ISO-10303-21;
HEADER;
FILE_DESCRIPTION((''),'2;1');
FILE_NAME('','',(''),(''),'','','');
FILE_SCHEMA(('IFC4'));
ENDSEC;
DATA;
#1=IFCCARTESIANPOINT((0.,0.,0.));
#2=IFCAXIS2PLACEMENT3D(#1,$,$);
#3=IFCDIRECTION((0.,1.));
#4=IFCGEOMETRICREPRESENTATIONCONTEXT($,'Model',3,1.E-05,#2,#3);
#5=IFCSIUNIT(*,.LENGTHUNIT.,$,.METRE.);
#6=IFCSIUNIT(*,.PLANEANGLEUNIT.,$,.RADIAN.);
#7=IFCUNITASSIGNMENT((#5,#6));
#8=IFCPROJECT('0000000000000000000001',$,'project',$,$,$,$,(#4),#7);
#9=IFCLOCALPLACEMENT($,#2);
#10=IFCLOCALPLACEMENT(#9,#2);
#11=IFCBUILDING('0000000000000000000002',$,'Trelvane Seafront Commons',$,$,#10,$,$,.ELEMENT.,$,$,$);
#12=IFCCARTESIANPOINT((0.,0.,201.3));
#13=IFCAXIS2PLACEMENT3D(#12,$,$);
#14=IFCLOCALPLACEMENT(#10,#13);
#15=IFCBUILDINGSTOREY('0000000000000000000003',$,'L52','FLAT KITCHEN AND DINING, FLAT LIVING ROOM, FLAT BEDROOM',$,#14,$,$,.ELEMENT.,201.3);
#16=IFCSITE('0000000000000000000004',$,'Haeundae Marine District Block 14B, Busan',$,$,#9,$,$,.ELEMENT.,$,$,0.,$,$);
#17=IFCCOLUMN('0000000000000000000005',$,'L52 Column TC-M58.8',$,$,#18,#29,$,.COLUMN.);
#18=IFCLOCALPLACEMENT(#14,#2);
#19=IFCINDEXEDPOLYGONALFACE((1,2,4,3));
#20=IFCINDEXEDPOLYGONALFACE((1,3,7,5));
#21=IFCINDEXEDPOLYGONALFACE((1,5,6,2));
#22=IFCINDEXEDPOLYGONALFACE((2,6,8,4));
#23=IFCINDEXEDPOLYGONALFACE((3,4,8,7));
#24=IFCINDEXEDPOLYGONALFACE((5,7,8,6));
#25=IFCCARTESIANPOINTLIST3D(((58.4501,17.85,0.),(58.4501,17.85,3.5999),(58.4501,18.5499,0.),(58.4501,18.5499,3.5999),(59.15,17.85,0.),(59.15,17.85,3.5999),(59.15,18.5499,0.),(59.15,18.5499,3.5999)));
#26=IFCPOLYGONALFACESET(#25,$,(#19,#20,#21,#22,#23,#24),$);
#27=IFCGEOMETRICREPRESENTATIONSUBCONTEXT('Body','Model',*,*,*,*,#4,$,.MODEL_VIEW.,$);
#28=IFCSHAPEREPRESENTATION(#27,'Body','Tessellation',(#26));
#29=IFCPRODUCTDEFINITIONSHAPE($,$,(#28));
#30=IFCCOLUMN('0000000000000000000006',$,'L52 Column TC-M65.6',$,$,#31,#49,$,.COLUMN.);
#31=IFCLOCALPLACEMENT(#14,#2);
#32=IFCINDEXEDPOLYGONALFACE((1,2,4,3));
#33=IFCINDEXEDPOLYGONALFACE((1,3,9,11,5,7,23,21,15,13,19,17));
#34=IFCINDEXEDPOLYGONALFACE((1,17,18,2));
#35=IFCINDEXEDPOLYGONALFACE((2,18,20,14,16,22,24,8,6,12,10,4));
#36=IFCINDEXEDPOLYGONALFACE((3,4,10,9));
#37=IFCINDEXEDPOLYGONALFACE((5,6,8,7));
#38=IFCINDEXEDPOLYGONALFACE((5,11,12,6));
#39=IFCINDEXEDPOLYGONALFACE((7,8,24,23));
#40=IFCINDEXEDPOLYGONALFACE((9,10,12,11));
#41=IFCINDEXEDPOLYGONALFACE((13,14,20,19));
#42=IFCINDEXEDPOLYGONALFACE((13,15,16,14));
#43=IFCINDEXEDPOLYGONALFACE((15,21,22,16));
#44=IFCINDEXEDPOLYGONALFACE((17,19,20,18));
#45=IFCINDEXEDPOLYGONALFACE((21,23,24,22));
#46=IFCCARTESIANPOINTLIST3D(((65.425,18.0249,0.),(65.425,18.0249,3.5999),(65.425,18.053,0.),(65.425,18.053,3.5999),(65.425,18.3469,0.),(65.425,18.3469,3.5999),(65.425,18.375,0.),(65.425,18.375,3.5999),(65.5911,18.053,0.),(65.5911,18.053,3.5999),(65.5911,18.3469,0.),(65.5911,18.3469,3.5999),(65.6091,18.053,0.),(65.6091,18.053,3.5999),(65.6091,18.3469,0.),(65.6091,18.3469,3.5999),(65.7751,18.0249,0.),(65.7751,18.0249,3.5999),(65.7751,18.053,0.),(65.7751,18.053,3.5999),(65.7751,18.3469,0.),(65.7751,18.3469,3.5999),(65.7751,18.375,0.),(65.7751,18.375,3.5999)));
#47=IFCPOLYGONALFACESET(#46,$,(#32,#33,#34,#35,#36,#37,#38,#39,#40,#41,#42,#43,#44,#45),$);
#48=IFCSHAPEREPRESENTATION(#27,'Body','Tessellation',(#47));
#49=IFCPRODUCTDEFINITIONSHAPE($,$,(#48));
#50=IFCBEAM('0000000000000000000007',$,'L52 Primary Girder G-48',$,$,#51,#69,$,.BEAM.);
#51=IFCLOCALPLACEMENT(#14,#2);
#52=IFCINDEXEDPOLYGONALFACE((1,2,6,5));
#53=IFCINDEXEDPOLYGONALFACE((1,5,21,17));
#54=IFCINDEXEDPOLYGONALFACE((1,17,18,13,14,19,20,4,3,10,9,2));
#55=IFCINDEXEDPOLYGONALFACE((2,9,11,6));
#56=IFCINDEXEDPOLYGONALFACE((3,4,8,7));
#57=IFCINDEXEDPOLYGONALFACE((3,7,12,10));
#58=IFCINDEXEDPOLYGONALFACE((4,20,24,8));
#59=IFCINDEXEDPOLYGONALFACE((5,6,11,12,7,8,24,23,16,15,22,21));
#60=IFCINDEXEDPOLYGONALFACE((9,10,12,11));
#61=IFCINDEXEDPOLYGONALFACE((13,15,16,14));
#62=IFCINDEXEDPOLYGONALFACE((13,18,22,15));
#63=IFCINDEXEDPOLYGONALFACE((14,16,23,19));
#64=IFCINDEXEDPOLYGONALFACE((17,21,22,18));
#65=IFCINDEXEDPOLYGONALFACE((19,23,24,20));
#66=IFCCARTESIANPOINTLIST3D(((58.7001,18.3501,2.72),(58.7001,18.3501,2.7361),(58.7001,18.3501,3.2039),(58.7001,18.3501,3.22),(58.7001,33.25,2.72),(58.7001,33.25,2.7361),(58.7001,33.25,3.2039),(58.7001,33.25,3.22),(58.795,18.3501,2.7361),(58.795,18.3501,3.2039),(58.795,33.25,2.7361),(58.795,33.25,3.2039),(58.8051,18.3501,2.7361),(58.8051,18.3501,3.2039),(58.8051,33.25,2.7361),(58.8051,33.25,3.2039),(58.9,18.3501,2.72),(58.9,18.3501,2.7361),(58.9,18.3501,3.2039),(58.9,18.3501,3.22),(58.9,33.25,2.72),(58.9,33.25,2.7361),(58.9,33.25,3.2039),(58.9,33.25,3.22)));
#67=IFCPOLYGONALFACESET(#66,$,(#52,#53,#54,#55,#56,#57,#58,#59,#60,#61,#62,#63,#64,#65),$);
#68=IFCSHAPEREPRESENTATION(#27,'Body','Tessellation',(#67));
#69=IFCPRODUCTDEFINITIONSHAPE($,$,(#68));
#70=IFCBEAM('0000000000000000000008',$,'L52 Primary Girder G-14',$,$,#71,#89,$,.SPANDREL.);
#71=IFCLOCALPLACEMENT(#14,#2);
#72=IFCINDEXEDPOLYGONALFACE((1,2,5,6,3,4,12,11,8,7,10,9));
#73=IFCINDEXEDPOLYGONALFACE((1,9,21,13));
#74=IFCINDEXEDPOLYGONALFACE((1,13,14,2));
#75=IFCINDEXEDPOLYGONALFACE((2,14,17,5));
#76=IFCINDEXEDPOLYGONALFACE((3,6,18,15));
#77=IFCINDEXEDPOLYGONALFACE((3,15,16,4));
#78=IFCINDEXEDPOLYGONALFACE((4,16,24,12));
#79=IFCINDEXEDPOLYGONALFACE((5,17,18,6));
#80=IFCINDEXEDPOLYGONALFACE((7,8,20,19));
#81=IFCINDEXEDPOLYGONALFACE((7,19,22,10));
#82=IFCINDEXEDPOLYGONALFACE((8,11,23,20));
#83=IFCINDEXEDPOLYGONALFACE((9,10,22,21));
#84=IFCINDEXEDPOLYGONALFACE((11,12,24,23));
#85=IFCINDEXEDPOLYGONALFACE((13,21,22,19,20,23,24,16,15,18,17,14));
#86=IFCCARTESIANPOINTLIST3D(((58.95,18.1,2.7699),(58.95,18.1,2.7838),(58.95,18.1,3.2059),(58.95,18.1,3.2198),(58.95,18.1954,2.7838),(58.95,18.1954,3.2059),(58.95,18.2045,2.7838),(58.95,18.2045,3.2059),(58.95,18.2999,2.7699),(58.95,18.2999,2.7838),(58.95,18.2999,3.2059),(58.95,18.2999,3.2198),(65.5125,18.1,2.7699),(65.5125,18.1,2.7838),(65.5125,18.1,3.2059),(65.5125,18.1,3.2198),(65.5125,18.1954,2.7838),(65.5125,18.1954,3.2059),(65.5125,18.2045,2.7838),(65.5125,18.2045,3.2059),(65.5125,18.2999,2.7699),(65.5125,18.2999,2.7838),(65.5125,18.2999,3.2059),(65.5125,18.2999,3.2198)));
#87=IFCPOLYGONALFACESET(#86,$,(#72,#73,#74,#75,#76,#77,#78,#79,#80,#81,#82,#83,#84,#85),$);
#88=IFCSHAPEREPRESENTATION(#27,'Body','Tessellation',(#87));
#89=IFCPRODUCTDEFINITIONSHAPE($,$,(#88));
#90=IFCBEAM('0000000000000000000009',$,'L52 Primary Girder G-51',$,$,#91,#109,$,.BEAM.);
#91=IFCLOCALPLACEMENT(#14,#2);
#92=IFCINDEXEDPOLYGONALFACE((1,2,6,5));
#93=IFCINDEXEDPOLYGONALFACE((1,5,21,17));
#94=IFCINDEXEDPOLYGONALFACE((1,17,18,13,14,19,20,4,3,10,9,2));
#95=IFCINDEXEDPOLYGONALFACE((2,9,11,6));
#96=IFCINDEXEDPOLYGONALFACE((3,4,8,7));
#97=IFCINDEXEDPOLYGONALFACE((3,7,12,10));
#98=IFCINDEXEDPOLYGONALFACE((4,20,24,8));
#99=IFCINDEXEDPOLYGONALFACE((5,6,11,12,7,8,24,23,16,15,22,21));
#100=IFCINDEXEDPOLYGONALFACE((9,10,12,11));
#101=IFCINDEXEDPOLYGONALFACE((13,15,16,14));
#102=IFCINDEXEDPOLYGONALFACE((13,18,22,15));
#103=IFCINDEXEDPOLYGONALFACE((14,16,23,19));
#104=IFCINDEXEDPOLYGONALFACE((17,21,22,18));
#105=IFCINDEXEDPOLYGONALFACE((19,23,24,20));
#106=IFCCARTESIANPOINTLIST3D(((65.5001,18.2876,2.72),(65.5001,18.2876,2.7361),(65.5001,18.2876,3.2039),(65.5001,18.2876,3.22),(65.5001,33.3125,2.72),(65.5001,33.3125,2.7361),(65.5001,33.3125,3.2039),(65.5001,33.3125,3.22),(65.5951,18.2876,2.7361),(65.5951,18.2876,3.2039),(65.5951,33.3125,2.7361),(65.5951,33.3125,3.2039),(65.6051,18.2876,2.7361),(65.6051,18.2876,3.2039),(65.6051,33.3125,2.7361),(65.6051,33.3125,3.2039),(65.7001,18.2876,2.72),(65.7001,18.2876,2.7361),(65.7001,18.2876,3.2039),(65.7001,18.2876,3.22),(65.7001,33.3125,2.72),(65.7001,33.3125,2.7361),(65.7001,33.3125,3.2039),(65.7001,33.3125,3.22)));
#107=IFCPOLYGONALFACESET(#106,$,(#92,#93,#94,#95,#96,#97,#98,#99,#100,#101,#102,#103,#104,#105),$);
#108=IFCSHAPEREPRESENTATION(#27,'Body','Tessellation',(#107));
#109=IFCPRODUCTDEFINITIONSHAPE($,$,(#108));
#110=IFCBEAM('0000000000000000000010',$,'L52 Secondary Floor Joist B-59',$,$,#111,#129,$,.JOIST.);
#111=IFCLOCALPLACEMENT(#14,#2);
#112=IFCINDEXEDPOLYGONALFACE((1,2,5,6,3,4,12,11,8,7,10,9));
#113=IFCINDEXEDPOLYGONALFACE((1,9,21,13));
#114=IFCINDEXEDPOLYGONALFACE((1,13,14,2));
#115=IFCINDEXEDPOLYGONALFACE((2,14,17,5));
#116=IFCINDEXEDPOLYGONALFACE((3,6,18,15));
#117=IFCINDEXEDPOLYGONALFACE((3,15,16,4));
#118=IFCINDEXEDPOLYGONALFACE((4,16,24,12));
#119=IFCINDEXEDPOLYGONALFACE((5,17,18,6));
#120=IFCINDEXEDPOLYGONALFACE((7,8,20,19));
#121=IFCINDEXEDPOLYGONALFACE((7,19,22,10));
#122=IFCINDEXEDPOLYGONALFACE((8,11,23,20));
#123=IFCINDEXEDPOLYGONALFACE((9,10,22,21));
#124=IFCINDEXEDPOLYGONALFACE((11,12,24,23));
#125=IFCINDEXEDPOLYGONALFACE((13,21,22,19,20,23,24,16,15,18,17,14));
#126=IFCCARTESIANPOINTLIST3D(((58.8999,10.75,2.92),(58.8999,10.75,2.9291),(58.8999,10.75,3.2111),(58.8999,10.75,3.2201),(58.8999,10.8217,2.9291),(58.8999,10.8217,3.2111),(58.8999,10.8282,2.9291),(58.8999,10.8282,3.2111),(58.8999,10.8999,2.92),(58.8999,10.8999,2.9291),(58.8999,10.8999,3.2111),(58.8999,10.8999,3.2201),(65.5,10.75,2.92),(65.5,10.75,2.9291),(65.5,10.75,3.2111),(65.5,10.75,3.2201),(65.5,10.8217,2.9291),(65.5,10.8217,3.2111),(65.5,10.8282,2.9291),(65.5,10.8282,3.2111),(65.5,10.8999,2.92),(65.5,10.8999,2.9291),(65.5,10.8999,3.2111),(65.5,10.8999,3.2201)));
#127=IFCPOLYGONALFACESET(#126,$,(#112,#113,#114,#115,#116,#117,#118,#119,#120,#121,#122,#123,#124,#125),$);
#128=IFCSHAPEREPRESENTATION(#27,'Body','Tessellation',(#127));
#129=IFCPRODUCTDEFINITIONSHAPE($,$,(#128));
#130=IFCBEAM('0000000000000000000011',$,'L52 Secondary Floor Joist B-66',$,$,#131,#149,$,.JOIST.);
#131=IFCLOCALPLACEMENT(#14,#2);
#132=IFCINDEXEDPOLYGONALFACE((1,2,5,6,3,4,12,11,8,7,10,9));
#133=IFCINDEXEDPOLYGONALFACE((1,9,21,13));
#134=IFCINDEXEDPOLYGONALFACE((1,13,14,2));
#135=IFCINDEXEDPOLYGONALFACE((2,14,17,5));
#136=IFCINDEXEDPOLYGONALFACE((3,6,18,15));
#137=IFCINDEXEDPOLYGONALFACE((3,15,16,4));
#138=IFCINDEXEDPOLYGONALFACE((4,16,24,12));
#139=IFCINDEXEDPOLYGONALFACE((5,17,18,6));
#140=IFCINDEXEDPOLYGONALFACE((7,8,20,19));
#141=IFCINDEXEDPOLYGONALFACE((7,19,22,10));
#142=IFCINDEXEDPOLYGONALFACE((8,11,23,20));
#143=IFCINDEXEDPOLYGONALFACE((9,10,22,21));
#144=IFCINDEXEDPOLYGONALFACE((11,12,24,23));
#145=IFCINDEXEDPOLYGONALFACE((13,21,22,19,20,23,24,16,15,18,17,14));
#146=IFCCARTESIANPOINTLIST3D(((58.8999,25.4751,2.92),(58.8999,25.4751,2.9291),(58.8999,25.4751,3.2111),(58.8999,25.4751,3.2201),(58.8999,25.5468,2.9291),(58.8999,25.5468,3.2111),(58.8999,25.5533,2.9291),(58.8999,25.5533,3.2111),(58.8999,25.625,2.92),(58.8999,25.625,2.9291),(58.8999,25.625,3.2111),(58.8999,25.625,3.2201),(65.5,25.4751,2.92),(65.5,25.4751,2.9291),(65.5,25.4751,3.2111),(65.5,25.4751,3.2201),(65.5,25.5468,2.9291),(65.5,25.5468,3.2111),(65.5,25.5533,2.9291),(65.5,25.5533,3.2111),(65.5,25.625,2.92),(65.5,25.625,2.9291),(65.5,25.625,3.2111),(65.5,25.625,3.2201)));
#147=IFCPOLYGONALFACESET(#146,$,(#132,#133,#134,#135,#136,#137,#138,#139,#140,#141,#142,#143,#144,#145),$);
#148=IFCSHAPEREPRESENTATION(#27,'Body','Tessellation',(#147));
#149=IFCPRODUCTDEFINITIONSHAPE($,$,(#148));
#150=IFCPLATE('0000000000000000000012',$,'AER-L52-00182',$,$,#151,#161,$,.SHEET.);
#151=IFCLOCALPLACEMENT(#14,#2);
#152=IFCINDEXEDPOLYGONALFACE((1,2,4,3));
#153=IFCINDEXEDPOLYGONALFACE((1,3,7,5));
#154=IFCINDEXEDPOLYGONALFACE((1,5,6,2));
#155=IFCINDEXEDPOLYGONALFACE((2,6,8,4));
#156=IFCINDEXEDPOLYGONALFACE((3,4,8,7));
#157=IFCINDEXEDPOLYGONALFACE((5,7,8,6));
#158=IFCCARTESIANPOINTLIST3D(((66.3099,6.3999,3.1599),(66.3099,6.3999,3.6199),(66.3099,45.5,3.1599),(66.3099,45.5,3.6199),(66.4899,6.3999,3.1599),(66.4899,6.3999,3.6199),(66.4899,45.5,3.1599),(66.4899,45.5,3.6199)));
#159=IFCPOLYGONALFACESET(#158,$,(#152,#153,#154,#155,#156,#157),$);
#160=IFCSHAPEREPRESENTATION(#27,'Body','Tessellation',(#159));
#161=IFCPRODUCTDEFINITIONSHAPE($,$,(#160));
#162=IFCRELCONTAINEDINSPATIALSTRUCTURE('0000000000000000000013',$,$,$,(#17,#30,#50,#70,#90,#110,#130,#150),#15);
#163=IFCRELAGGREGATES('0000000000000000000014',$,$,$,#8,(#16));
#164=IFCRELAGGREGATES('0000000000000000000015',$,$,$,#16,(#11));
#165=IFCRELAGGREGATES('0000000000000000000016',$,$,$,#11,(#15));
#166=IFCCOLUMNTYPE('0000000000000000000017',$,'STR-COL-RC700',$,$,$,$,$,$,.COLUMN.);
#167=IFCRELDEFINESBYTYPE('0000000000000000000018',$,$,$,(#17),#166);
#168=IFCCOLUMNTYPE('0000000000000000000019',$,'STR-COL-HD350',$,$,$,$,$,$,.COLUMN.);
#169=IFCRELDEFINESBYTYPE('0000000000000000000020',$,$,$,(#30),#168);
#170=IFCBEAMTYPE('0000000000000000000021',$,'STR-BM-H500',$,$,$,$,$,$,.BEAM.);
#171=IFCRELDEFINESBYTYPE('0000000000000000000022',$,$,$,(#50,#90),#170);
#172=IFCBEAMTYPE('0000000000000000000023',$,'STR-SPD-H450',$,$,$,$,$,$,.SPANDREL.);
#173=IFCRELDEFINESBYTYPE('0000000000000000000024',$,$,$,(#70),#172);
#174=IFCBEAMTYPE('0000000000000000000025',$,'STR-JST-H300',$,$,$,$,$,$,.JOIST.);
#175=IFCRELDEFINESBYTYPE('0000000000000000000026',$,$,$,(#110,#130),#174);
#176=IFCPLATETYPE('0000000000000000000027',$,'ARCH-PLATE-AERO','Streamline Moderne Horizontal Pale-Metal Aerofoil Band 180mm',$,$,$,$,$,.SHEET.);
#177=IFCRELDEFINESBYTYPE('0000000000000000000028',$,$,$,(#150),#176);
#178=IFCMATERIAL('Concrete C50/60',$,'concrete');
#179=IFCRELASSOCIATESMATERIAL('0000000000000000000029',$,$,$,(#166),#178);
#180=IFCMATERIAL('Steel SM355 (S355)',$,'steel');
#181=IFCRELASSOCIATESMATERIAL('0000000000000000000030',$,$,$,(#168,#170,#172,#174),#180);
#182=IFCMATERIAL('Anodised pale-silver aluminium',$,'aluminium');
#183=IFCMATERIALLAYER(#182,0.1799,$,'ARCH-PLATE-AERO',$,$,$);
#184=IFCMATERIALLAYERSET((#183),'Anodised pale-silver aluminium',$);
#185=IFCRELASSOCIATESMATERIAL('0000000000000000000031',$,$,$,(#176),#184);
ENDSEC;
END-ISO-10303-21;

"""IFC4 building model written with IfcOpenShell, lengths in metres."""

from ifc_helpers import new_model, si_unit, direction, frame, origin, origin_2d, place, context, subcontext, project, spatial, rectangle, i_section, extrude, source, transform, mapped, material, layer, layer_set, material_profile, profile_set, type_object, element, save


model = new_model("IFC4")

# Units and contexts
model_context = context("Model", 3, precision=1e-05, world=origin(), true_north=direction((0.0, 1.0)))
body_context = subcontext(model_context, "Body", "Model", "MODEL_VIEW")
ifc_project = project(units=[si_unit("LENGTHUNIT", "METRE"), si_unit("PLANEANGLEUNIT", "RADIAN")], contexts=[model_context])

# Site, building, storey
site_placement = place(None, origin())
site = spatial("IfcSite", under=ifc_project, at=site_placement, Name="Haeundae Marine District Block 14B, Busan", CompositionType="ELEMENT", RefElevation=0.0)
building_placement = place(site_placement, origin())
building = spatial("IfcBuilding", under=site, at=building_placement, Name="Trelvane Seafront Commons", CompositionType="ELEMENT")
storey_placement = place(building_placement, frame((0.0, 0.0, 201.3)))
storey = spatial("IfcBuildingStorey", under=building, at=storey_placement, Name="L52", Description="FLAT KITCHEN AND DINING, FLAT LIVING ROOM, FLAT BEDROOM", CompositionType="ELEMENT", Elevation=201.3)

# Columns
ifc_material_1 = material(Name="Concrete C50/60", Category="concrete")
ifc_material_profile_1 = material_profile(ifc_material_1, rectangle(XDim=0.7, YDim=0.7, at=origin_2d()), Name="RC-700x700")
ifc_profile_set_1 = profile_set([ifc_material_profile_1], Name="Concrete C50/60")
column_type_1 = type_object("IfcColumnType", Name="STR-COL-RC700", PredefinedType="COLUMN", material=ifc_profile_set_1)
shared_shape_1 = source(origin(), body_context, "Body", "SweptSolid", [
    extrude(rectangle(XDim=0.7, YDim=0.7, at=origin_2d()), origin(), (0.0, 0.0, 1.0), 3.5999),
])
column_1_placement = place(storey_placement, frame((58.8, 18.2, 0.0), z_axis=(0.0, 0.0, 1.0), x_axis=(1.0, 0.0, 0.0)))
element("IfcColumn", 1, at=column_1_placement, inside=storey, type_object=column_type_1, Name="L52 Column TC-M58.8", PredefinedType="COLUMN", context=body_context, shape_type="MappedRepresentation", body=[
    mapped(shared_shape_1, transform((0.0, 0.0, 0.0), x_axis=(1.0, 0.0, 0.0), y_axis=(0.0, 1.0, 0.0), z_axis=(0.0, 0.0, 1.0), scale=1.0)),
])
ifc_material_2 = material(Name="Steel SM355 (S355)", Category="steel")
ifc_material_profile_2 = material_profile(ifc_material_2, i_section(OverallWidth=0.3501, OverallDepth=0.3501, WebThickness=0.0181, FlangeThickness=0.0281, at=origin_2d()), Name="HD-350x350x18x28")
ifc_profile_set_2 = profile_set([ifc_material_profile_2], Name="Steel SM355 (S355)")
column_type_2 = type_object("IfcColumnType", Name="STR-COL-HD350", PredefinedType="COLUMN", material=ifc_profile_set_2)
shared_shape_2 = source(origin(), body_context, "Body", "SweptSolid", [
    extrude(i_section(OverallWidth=0.3501, OverallDepth=0.3501, WebThickness=0.0181, FlangeThickness=0.0281, at=origin_2d()), origin(), (0.0, 0.0, 1.0), 3.5999),
])
column_2_placement = place(storey_placement, frame((65.6001, 18.2, 0.0), z_axis=(0.0, 0.0, 1.0), x_axis=(1.0, 0.0, 0.0)))
element("IfcColumn", 2, at=column_2_placement, inside=storey, type_object=column_type_2, Name="L52 Column TC-M65.6", PredefinedType="COLUMN", context=body_context, shape_type="MappedRepresentation", body=[
    mapped(shared_shape_2, transform((0.0, 0.0, 0.0), x_axis=(1.0, 0.0, 0.0), y_axis=(0.0, 1.0, 0.0), z_axis=(0.0, 0.0, 1.0), scale=1.0)),
])

# Beams
ifc_material_profile_3 = material_profile(ifc_material_2, i_section(OverallWidth=0.2, OverallDepth=0.5, WebThickness=0.01, FlangeThickness=0.0161, at=origin_2d()), Name="H-500x200x10x16")
ifc_profile_set_3 = profile_set([ifc_material_profile_3], Name="Steel SM355 (S355)")
beam_type_1 = type_object("IfcBeamType", Name="STR-BM-H500", PredefinedType="BEAM", material=ifc_profile_set_3)
shared_shape_3 = source(origin(), body_context, "Body", "SweptSolid", [
    extrude(i_section(OverallWidth=0.2, OverallDepth=0.5, WebThickness=0.01, FlangeThickness=0.0161, at=origin_2d()), origin(), (0.0, 0.0, 1.0), 14.8999),
])
beam_1_placement = place(storey_placement, frame((58.8, 18.3501, 2.97), z_axis=(0.0, 1.0, 0.0), x_axis=(-1.0, 0.0, 0.0)))
element("IfcBeam", 3, at=beam_1_placement, inside=storey, type_object=beam_type_1, Name="L52 Primary Girder G-48", PredefinedType="BEAM", context=body_context, shape_type="MappedRepresentation", body=[
    mapped(shared_shape_3, transform((0.0, 0.0, 0.0), x_axis=(1.0, 0.0, 0.0), y_axis=(0.0, 1.0, 0.0), z_axis=(0.0, 0.0, 1.0), scale=1.0)),
])
ifc_material_profile_4 = material_profile(ifc_material_2, i_section(OverallWidth=0.2, OverallDepth=0.45, WebThickness=0.009, FlangeThickness=0.0139, at=origin_2d()), Name="H-450x200x9x14")
ifc_profile_set_4 = profile_set([ifc_material_profile_4], Name="Steel SM355 (S355)")
beam_type_2 = type_object("IfcBeamType", Name="STR-SPD-H450", PredefinedType="SPANDREL", material=ifc_profile_set_4)
shared_shape_4 = source(origin(), body_context, "Body", "SweptSolid", [
    extrude(i_section(OverallWidth=0.2, OverallDepth=0.45, WebThickness=0.009, FlangeThickness=0.0139, at=origin_2d()), origin(), (0.0, 0.0, 1.0), 6.5625),
])
beam_2_placement = place(storey_placement, frame((58.95, 18.2, 2.9949), z_axis=(1.0, 0.0, 0.0), x_axis=(0.0, 1.0, 0.0)))
element("IfcBeam", 4, at=beam_2_placement, inside=storey, type_object=beam_type_2, Name="L52 Primary Girder G-14", PredefinedType="SPANDREL", context=body_context, shape_type="MappedRepresentation", body=[
    mapped(shared_shape_4, transform((0.0, 0.0, 0.0), x_axis=(1.0, 0.0, 0.0), y_axis=(0.0, 1.0, 0.0), z_axis=(0.0, 0.0, 1.0), scale=1.0)),
])
shared_shape_5 = source(origin(), body_context, "Body", "SweptSolid", [
    extrude(i_section(OverallWidth=0.2, OverallDepth=0.5, WebThickness=0.01, FlangeThickness=0.0161, at=origin_2d()), origin(), (0.0, 0.0, 1.0), 15.0249),
])
beam_3_placement = place(storey_placement, frame((65.6001, 18.2876, 2.97), z_axis=(0.0, 1.0, 0.0), x_axis=(-1.0, 0.0, 0.0)))
element("IfcBeam", 5, at=beam_3_placement, inside=storey, type_object=beam_type_1, Name="L52 Primary Girder G-51", PredefinedType="BEAM", context=body_context, shape_type="MappedRepresentation", body=[
    mapped(shared_shape_5, transform((0.0, 0.0, 0.0), x_axis=(1.0, 0.0, 0.0), y_axis=(0.0, 1.0, 0.0), z_axis=(0.0, 0.0, 1.0), scale=1.0)),
])
ifc_material_profile_5 = material_profile(ifc_material_2, i_section(OverallWidth=0.1499, OverallDepth=0.3, WebThickness=0.0066, FlangeThickness=0.009, at=origin_2d()), Name="H-300x150x6.5x9")
ifc_profile_set_5 = profile_set([ifc_material_profile_5], Name="Steel SM355 (S355)")
beam_type_3 = type_object("IfcBeamType", Name="STR-JST-H300", PredefinedType="JOIST", material=ifc_profile_set_5)
shared_shape_6 = source(origin(), body_context, "Body", "SweptSolid", [
    extrude(i_section(OverallWidth=0.1499, OverallDepth=0.3, WebThickness=0.0066, FlangeThickness=0.009, at=origin_2d()), origin(), (0.0, 0.0, 1.0), 6.6001),
])
for number, where, z_axis, x_axis, name in (
    (6, (58.8999, 10.825, 3.0701), (1.0, 0.0, 0.0), (0.0, 1.0, 0.0), "L52 Secondary Floor Joist B-59"),
    (7, (58.8999, 25.55, 3.0701), (1.0, 0.0, 0.0), (0.0, 1.0, 0.0), "L52 Secondary Floor Joist B-66"),
):
    element("IfcBeam", number, at=place(storey_placement, frame(where, z_axis=z_axis, x_axis=x_axis)), inside=storey, type_object=beam_type_3, Name=name, PredefinedType="JOIST", context=body_context, shape_type="MappedRepresentation", body=[
        mapped(shared_shape_6, transform((0.0, 0.0, 0.0), x_axis=(1.0, 0.0, 0.0), y_axis=(0.0, 1.0, 0.0), z_axis=(0.0, 0.0, 1.0), scale=1.0)),
    ])

# Plate
ifc_material_3 = material(Name="Anodised pale-silver aluminium", Category="aluminium")
ifc_layer_1 = layer(ifc_material_3, 0.1799, Name="ARCH-PLATE-AERO")
ifc_layer_set_1 = layer_set([ifc_layer_1], Name="Anodised pale-silver aluminium")
plate_type = type_object("IfcPlateType", Name="ARCH-PLATE-AERO", Description="Streamline Moderne Horizontal Pale-Metal Aerofoil Band 180mm", PredefinedType="SHEET", material=ifc_layer_set_1)
shared_shape_7 = source(origin(), body_context, "Body", "SweptSolid", [
    extrude(rectangle(XDim=39.1001, YDim=0.1799, at=origin_2d()), origin(), (0.0, 0.0, 1.0), 0.46),
])
plate_placement = place(storey_placement, frame((66.3999, 25.95, 3.1599), z_axis=(0.0, 0.0, 1.0), x_axis=(0.0, -1.0, 0.0)))
element("IfcPlate", 8, at=plate_placement, inside=storey, type_object=plate_type, Name="AER-L52-00182", PredefinedType="SHEET", context=body_context, shape_type="MappedRepresentation", body=[
    mapped(shared_shape_7, transform((0.0, 0.0, 0.0), x_axis=(1.0, 0.0, 0.0), y_axis=(0.0, 1.0, 0.0), z_axis=(0.0, 0.0, 1.0), scale=1.0)),
])

save(model, "model.ifc")
